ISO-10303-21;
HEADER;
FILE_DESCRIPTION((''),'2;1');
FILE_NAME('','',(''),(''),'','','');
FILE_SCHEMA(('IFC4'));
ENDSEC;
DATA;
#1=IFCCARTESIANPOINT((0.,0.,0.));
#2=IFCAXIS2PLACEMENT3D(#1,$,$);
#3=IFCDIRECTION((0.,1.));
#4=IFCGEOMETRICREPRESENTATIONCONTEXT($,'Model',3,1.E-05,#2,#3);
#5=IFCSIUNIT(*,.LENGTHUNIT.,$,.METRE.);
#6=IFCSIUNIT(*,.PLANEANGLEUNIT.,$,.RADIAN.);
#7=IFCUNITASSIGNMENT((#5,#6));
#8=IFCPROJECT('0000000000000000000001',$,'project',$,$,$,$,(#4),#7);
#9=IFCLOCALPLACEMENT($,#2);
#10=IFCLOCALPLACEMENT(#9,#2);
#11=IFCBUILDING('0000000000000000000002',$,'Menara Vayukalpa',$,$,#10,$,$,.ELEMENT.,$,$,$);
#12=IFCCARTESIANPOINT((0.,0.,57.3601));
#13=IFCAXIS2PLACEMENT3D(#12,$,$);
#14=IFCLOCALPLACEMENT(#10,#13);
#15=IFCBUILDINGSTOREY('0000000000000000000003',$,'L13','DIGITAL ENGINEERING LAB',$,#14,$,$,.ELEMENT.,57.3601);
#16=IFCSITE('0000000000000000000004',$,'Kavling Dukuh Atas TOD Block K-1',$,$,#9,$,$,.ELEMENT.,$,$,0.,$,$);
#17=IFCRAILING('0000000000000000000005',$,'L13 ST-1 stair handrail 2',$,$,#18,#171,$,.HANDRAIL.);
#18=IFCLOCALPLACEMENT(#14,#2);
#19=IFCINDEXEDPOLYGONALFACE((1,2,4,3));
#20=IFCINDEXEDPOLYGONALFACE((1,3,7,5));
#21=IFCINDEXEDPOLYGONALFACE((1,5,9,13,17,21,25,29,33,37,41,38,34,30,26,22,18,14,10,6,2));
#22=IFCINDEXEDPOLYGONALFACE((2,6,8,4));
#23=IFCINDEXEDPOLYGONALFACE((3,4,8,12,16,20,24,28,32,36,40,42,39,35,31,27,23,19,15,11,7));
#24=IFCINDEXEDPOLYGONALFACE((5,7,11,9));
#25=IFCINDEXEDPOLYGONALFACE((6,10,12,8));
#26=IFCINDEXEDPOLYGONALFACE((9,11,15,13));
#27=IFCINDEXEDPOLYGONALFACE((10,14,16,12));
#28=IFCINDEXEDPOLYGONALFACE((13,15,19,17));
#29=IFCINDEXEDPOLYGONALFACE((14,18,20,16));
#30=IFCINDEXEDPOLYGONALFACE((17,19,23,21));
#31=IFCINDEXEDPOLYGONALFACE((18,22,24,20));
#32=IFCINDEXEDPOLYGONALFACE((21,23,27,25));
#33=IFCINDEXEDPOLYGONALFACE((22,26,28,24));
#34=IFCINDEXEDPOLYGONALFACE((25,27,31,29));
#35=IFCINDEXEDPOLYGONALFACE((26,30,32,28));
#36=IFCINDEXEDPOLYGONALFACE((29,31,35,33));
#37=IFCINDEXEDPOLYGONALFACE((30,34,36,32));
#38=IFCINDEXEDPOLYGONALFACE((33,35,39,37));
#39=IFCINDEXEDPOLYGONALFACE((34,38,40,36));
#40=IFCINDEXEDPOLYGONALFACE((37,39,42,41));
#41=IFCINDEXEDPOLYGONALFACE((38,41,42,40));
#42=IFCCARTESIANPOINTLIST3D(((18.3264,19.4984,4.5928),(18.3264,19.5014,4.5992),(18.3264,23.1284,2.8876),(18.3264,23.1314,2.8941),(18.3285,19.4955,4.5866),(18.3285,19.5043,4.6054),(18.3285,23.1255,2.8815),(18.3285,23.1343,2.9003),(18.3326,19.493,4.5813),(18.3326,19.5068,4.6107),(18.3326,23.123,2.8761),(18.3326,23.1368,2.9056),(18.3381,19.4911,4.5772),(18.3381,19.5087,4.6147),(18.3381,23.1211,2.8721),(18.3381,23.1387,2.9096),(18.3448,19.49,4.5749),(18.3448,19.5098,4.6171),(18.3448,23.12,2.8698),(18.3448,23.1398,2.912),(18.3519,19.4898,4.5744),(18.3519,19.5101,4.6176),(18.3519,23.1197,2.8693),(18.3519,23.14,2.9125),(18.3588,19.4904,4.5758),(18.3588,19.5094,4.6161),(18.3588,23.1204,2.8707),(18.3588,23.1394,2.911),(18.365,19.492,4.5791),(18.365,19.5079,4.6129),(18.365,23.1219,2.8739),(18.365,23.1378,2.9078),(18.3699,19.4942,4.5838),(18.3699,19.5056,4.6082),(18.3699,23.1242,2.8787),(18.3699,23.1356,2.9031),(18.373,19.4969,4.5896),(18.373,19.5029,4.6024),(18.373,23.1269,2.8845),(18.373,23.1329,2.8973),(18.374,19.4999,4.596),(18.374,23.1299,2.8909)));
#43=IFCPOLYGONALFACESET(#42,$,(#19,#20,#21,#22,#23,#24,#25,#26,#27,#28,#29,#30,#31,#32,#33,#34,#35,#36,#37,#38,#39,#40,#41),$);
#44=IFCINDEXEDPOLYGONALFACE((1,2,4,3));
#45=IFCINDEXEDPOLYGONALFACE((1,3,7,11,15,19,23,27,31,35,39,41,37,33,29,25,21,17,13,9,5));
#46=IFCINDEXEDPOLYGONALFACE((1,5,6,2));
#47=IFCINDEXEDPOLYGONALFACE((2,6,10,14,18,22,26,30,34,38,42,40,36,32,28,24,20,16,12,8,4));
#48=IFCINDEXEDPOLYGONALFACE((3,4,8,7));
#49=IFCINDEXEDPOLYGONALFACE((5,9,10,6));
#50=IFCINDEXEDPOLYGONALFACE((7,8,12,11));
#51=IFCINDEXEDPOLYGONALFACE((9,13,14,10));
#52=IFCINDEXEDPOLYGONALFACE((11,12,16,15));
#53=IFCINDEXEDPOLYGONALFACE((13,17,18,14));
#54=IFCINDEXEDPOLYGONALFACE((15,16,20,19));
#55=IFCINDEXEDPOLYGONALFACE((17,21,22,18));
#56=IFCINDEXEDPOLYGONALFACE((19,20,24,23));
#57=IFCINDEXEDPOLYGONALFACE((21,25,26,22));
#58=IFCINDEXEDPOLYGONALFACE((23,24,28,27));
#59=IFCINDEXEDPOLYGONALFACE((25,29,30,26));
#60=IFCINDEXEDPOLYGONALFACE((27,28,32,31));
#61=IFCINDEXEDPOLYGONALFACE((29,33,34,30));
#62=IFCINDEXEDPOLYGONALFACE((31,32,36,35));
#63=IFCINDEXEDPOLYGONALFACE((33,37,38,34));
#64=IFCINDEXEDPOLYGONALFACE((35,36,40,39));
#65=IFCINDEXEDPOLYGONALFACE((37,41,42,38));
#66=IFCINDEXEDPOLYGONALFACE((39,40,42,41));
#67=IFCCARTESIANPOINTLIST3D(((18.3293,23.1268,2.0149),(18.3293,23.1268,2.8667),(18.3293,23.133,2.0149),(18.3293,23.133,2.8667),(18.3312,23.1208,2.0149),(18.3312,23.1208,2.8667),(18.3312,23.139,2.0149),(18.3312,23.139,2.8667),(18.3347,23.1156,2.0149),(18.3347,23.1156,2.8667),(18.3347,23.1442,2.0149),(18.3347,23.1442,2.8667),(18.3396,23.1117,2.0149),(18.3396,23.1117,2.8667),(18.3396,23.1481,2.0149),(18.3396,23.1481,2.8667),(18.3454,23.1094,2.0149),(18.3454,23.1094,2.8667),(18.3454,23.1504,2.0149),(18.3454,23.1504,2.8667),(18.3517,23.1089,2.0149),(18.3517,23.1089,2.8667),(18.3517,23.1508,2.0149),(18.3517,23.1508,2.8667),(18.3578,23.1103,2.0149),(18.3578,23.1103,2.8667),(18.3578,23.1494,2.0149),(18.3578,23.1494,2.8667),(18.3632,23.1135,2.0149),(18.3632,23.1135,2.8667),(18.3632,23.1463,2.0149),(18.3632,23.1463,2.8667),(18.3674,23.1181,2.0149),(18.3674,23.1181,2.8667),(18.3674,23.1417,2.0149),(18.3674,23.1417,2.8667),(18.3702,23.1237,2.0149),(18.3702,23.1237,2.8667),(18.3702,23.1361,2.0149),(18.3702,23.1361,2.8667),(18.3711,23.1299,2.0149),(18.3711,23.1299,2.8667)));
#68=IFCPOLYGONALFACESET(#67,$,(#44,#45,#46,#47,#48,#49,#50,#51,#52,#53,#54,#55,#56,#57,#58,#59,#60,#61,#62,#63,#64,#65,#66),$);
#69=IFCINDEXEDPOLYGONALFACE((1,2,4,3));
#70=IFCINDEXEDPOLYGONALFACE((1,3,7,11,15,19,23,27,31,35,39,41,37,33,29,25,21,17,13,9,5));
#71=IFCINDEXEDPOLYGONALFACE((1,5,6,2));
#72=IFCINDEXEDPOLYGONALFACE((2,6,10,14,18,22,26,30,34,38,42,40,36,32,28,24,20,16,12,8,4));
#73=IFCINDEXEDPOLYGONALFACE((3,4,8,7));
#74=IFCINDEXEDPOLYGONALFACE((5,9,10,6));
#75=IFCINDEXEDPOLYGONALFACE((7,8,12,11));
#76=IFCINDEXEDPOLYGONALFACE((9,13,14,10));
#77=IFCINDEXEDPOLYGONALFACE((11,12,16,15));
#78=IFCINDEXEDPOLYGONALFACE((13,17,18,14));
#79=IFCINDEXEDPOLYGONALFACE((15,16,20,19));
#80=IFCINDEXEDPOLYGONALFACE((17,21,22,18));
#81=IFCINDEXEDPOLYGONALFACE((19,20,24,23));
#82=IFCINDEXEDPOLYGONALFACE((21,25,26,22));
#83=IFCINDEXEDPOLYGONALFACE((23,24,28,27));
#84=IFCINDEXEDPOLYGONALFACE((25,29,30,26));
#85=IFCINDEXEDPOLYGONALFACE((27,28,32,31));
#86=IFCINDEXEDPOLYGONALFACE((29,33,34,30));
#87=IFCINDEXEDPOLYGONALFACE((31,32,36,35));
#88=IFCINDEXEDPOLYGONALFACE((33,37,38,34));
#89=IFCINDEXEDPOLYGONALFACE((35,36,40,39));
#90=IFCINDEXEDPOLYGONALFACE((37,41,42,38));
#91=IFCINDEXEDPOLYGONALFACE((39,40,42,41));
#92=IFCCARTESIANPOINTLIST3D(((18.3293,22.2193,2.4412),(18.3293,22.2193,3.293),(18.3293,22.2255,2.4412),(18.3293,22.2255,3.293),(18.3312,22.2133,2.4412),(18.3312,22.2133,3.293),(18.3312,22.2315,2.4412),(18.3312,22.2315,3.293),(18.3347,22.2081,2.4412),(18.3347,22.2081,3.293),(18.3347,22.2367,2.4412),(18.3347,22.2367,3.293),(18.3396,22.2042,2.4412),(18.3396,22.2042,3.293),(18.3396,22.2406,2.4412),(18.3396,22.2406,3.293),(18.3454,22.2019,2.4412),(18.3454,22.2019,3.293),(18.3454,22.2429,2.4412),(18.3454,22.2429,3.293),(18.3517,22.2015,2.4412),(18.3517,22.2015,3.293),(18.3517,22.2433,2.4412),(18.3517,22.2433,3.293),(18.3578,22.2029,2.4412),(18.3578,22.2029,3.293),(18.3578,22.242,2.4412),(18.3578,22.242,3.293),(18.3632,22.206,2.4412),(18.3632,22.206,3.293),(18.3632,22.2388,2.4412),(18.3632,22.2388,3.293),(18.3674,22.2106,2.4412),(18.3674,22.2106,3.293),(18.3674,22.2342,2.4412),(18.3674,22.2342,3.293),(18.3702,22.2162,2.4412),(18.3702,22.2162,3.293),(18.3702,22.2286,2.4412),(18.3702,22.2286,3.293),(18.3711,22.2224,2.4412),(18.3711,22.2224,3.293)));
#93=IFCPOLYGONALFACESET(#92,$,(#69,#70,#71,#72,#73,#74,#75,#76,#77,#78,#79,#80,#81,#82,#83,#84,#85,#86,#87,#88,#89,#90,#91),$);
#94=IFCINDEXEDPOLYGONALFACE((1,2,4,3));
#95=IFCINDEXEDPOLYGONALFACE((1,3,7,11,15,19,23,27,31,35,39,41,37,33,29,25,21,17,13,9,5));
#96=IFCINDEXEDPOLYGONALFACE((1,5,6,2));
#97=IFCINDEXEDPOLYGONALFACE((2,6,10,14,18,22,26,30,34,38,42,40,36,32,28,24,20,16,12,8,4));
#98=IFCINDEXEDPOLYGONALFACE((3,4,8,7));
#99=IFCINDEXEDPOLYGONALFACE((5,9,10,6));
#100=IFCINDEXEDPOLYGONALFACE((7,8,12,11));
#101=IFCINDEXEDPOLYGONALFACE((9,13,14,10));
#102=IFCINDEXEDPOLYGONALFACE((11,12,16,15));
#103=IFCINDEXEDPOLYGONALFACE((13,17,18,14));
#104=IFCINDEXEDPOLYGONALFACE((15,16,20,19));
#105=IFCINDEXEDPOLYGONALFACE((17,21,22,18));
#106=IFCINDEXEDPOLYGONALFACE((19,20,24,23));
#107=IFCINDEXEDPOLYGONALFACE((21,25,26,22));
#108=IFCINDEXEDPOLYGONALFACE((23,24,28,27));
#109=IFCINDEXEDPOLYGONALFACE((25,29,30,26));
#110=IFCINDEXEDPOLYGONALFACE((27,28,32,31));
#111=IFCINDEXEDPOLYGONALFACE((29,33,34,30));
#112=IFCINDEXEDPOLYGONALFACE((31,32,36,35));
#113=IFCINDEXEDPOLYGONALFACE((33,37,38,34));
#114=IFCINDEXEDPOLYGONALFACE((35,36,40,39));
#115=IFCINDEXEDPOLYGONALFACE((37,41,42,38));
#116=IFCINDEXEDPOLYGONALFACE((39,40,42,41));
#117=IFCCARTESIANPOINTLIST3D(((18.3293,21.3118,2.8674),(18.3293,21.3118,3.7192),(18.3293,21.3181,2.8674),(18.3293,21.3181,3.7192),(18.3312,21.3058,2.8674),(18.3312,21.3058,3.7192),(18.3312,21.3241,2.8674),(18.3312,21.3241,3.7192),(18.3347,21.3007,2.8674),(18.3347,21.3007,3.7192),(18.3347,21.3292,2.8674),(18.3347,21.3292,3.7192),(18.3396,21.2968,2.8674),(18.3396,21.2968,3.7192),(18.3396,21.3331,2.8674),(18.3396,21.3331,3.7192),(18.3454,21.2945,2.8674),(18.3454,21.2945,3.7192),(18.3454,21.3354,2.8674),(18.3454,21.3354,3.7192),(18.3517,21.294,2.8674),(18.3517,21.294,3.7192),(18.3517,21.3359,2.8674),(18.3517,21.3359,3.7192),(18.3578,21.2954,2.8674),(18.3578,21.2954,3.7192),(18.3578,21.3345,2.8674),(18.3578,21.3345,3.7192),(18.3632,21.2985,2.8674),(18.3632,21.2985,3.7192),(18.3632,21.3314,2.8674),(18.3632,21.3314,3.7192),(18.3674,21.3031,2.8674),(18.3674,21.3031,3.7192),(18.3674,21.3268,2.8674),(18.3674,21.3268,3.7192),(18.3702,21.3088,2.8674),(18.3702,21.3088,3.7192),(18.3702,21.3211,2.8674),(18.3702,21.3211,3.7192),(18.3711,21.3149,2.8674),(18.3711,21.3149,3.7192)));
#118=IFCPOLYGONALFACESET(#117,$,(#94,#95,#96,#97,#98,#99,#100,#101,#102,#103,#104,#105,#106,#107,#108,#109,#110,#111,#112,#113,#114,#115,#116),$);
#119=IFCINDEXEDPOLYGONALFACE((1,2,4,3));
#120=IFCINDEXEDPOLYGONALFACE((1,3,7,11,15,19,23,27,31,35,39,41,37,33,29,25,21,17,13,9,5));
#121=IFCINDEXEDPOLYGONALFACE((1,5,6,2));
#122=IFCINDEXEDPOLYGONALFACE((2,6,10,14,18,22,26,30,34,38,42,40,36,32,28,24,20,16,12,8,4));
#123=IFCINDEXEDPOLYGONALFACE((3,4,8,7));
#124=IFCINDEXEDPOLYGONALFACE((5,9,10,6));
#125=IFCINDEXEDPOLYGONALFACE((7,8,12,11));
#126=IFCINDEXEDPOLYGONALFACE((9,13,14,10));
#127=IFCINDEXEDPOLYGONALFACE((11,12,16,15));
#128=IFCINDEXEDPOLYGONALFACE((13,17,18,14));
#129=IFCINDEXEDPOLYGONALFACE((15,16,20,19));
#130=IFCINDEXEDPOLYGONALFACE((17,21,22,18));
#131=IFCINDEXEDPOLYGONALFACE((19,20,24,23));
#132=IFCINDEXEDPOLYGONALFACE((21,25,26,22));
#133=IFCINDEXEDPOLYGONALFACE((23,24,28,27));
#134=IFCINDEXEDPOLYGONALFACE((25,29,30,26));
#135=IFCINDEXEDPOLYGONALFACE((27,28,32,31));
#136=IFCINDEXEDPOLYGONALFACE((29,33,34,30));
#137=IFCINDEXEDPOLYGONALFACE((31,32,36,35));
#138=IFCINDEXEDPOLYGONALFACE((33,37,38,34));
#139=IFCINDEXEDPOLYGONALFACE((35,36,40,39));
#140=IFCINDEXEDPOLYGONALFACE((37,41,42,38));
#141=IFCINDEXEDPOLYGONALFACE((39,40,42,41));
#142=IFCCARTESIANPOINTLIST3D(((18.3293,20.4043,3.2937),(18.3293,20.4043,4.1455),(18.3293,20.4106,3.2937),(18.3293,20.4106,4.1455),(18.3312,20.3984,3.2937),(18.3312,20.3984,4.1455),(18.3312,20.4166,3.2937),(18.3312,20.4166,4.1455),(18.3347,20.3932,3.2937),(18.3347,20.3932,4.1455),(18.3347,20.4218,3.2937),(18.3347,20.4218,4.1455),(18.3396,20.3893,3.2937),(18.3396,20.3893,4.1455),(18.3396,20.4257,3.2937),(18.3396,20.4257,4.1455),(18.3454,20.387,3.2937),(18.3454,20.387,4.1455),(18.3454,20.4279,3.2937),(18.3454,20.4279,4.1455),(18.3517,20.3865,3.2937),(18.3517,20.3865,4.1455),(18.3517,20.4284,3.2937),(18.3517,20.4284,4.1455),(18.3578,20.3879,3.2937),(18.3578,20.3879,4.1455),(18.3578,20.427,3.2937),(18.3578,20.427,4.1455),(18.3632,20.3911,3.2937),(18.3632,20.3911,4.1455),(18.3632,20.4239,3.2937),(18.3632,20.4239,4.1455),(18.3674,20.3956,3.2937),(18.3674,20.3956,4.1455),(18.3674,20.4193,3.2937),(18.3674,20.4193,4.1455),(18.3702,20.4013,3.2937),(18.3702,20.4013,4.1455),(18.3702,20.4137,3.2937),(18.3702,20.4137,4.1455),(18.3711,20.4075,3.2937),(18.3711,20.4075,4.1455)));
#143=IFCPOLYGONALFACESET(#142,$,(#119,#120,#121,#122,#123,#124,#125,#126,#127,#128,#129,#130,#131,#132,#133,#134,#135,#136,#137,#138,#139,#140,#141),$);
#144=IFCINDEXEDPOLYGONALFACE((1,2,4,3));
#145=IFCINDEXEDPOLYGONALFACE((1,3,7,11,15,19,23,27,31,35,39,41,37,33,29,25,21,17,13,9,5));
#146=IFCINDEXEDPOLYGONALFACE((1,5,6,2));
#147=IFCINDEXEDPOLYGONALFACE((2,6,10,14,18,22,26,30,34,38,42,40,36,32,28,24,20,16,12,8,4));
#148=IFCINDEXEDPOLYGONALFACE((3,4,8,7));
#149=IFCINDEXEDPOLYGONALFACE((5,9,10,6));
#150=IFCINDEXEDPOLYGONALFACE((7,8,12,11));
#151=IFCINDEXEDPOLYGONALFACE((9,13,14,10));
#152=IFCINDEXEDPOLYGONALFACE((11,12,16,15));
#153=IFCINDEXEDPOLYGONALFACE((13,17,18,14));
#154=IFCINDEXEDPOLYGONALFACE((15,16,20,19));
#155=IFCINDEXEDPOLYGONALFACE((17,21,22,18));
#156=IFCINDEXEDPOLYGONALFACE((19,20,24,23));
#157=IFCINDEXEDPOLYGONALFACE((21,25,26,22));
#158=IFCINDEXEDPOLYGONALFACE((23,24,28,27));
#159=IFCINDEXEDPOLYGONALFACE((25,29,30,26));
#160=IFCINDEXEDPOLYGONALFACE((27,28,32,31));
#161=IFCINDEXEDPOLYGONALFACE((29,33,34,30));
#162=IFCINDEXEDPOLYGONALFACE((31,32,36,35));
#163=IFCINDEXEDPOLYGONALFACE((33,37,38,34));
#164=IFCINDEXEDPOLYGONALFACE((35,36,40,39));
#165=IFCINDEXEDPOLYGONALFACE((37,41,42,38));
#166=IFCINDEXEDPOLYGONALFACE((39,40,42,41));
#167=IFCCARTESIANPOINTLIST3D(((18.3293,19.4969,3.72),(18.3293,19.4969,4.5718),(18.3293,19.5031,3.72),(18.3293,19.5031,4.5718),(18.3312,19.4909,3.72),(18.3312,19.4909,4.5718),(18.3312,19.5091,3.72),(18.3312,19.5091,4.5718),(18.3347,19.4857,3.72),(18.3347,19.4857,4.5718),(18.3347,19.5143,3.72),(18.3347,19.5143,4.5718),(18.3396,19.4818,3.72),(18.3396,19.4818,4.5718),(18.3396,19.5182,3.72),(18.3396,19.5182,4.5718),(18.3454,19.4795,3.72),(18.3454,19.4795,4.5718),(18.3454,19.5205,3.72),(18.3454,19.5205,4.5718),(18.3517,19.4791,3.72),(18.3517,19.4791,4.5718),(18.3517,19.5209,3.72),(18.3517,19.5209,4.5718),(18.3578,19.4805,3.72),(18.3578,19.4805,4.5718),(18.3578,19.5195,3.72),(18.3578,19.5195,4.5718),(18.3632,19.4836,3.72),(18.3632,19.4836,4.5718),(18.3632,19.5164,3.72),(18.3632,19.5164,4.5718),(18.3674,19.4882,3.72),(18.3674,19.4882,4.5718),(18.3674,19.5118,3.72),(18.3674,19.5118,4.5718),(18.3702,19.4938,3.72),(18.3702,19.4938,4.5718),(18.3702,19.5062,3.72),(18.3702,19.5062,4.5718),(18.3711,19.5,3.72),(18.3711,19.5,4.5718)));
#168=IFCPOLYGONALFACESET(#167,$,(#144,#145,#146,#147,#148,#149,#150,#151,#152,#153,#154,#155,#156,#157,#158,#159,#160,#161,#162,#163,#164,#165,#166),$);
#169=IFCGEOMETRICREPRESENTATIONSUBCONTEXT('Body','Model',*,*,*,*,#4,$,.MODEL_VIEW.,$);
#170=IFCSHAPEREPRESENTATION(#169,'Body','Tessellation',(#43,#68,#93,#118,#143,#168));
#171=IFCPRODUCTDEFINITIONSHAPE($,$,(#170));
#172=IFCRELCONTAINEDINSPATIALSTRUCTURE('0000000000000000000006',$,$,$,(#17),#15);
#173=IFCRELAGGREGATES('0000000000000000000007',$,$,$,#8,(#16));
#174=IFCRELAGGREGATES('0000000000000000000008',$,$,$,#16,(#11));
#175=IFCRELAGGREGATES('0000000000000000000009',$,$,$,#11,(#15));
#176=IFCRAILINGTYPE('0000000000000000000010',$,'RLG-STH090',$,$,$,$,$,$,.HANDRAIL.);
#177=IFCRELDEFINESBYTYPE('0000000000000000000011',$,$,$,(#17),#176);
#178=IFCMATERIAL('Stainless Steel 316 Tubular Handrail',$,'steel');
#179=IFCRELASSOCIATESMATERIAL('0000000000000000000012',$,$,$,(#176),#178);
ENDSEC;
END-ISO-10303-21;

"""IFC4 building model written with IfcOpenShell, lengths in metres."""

from ifc_helpers import new_model, si_unit, direction, frame, origin, origin_2d, place, context, subcontext, project, spatial, circle, extrude, material, type_object, element, save


model = new_model("IFC4")

# Units and contexts
model_context = context("Model", 3, precision=1e-05, world=origin(), true_north=direction((0.0, 1.0)))
body_context = subcontext(model_context, "Body", "Model", "MODEL_VIEW")
ifc_project = project(units=[si_unit("LENGTHUNIT", "METRE"), si_unit("PLANEANGLEUNIT", "RADIAN")], contexts=[model_context])

# Site, building, storey
site_placement = place(None, origin())
site = spatial("IfcSite", under=ifc_project, at=site_placement, Name="Kavling Dukuh Atas TOD Block K-1", CompositionType="ELEMENT", RefElevation=0.0)
building_placement = place(site_placement, origin())
building = spatial("IfcBuilding", under=site, at=building_placement, Name="Menara Vayukalpa", CompositionType="ELEMENT")
storey_placement = place(building_placement, frame((0.0, 0.0, 57.3601)))
storey = spatial("IfcBuildingStorey", under=building, at=storey_placement, Name="L13", Description="DIGITAL ENGINEERING LAB", CompositionType="ELEMENT", Elevation=57.3601)

# Railing
ifc_material_1 = material(Name="Stainless Steel 316 Tubular Handrail", Category="steel")
railing_type = type_object("IfcRailingType", Name="RLG-STH090", PredefinedType="HANDRAIL", material=ifc_material_1)
railing_placement = place(storey_placement, frame((18.3501, 23.1299, 2.0149)))
element("IfcRailing", 1, at=railing_placement, inside=storey, type_object=railing_type, Name="L13 ST-1 stair handrail 2", PredefinedType="HANDRAIL", context=body_context, shape_type="SweptSolid", body=[
    extrude(circle(Radius=0.0239, at=origin_2d()), frame((0.0, 0.0, 0.876), z_axis=(0.0, -0.905116, 0.425164), x_axis=(1.0, 0.0, 0.0)), (0.0, 0.0, 1.0), 4.0105),
    extrude(circle(Radius=0.021, at=origin_2d()), origin(), (0.0, 0.0, 1.0), 0.8518),
    extrude(circle(Radius=0.021, at=origin_2d()), frame((0.0, -0.9075, 0.4263)), (0.0, 0.0, 1.0), 0.8518),
    extrude(circle(Radius=0.021, at=origin_2d()), frame((0.0, -1.8149, 0.8525)), (0.0, 0.0, 1.0), 0.8518),
    extrude(circle(Radius=0.021, at=origin_2d()), frame((0.0, -2.7224, 1.2788)), (0.0, 0.0, 1.0), 0.8518),
    extrude(circle(Radius=0.021, at=origin_2d()), frame((0.0, -3.6299, 1.7051)), (0.0, 0.0, 1.0), 0.8518),
])

save(model, "model.ifc")
